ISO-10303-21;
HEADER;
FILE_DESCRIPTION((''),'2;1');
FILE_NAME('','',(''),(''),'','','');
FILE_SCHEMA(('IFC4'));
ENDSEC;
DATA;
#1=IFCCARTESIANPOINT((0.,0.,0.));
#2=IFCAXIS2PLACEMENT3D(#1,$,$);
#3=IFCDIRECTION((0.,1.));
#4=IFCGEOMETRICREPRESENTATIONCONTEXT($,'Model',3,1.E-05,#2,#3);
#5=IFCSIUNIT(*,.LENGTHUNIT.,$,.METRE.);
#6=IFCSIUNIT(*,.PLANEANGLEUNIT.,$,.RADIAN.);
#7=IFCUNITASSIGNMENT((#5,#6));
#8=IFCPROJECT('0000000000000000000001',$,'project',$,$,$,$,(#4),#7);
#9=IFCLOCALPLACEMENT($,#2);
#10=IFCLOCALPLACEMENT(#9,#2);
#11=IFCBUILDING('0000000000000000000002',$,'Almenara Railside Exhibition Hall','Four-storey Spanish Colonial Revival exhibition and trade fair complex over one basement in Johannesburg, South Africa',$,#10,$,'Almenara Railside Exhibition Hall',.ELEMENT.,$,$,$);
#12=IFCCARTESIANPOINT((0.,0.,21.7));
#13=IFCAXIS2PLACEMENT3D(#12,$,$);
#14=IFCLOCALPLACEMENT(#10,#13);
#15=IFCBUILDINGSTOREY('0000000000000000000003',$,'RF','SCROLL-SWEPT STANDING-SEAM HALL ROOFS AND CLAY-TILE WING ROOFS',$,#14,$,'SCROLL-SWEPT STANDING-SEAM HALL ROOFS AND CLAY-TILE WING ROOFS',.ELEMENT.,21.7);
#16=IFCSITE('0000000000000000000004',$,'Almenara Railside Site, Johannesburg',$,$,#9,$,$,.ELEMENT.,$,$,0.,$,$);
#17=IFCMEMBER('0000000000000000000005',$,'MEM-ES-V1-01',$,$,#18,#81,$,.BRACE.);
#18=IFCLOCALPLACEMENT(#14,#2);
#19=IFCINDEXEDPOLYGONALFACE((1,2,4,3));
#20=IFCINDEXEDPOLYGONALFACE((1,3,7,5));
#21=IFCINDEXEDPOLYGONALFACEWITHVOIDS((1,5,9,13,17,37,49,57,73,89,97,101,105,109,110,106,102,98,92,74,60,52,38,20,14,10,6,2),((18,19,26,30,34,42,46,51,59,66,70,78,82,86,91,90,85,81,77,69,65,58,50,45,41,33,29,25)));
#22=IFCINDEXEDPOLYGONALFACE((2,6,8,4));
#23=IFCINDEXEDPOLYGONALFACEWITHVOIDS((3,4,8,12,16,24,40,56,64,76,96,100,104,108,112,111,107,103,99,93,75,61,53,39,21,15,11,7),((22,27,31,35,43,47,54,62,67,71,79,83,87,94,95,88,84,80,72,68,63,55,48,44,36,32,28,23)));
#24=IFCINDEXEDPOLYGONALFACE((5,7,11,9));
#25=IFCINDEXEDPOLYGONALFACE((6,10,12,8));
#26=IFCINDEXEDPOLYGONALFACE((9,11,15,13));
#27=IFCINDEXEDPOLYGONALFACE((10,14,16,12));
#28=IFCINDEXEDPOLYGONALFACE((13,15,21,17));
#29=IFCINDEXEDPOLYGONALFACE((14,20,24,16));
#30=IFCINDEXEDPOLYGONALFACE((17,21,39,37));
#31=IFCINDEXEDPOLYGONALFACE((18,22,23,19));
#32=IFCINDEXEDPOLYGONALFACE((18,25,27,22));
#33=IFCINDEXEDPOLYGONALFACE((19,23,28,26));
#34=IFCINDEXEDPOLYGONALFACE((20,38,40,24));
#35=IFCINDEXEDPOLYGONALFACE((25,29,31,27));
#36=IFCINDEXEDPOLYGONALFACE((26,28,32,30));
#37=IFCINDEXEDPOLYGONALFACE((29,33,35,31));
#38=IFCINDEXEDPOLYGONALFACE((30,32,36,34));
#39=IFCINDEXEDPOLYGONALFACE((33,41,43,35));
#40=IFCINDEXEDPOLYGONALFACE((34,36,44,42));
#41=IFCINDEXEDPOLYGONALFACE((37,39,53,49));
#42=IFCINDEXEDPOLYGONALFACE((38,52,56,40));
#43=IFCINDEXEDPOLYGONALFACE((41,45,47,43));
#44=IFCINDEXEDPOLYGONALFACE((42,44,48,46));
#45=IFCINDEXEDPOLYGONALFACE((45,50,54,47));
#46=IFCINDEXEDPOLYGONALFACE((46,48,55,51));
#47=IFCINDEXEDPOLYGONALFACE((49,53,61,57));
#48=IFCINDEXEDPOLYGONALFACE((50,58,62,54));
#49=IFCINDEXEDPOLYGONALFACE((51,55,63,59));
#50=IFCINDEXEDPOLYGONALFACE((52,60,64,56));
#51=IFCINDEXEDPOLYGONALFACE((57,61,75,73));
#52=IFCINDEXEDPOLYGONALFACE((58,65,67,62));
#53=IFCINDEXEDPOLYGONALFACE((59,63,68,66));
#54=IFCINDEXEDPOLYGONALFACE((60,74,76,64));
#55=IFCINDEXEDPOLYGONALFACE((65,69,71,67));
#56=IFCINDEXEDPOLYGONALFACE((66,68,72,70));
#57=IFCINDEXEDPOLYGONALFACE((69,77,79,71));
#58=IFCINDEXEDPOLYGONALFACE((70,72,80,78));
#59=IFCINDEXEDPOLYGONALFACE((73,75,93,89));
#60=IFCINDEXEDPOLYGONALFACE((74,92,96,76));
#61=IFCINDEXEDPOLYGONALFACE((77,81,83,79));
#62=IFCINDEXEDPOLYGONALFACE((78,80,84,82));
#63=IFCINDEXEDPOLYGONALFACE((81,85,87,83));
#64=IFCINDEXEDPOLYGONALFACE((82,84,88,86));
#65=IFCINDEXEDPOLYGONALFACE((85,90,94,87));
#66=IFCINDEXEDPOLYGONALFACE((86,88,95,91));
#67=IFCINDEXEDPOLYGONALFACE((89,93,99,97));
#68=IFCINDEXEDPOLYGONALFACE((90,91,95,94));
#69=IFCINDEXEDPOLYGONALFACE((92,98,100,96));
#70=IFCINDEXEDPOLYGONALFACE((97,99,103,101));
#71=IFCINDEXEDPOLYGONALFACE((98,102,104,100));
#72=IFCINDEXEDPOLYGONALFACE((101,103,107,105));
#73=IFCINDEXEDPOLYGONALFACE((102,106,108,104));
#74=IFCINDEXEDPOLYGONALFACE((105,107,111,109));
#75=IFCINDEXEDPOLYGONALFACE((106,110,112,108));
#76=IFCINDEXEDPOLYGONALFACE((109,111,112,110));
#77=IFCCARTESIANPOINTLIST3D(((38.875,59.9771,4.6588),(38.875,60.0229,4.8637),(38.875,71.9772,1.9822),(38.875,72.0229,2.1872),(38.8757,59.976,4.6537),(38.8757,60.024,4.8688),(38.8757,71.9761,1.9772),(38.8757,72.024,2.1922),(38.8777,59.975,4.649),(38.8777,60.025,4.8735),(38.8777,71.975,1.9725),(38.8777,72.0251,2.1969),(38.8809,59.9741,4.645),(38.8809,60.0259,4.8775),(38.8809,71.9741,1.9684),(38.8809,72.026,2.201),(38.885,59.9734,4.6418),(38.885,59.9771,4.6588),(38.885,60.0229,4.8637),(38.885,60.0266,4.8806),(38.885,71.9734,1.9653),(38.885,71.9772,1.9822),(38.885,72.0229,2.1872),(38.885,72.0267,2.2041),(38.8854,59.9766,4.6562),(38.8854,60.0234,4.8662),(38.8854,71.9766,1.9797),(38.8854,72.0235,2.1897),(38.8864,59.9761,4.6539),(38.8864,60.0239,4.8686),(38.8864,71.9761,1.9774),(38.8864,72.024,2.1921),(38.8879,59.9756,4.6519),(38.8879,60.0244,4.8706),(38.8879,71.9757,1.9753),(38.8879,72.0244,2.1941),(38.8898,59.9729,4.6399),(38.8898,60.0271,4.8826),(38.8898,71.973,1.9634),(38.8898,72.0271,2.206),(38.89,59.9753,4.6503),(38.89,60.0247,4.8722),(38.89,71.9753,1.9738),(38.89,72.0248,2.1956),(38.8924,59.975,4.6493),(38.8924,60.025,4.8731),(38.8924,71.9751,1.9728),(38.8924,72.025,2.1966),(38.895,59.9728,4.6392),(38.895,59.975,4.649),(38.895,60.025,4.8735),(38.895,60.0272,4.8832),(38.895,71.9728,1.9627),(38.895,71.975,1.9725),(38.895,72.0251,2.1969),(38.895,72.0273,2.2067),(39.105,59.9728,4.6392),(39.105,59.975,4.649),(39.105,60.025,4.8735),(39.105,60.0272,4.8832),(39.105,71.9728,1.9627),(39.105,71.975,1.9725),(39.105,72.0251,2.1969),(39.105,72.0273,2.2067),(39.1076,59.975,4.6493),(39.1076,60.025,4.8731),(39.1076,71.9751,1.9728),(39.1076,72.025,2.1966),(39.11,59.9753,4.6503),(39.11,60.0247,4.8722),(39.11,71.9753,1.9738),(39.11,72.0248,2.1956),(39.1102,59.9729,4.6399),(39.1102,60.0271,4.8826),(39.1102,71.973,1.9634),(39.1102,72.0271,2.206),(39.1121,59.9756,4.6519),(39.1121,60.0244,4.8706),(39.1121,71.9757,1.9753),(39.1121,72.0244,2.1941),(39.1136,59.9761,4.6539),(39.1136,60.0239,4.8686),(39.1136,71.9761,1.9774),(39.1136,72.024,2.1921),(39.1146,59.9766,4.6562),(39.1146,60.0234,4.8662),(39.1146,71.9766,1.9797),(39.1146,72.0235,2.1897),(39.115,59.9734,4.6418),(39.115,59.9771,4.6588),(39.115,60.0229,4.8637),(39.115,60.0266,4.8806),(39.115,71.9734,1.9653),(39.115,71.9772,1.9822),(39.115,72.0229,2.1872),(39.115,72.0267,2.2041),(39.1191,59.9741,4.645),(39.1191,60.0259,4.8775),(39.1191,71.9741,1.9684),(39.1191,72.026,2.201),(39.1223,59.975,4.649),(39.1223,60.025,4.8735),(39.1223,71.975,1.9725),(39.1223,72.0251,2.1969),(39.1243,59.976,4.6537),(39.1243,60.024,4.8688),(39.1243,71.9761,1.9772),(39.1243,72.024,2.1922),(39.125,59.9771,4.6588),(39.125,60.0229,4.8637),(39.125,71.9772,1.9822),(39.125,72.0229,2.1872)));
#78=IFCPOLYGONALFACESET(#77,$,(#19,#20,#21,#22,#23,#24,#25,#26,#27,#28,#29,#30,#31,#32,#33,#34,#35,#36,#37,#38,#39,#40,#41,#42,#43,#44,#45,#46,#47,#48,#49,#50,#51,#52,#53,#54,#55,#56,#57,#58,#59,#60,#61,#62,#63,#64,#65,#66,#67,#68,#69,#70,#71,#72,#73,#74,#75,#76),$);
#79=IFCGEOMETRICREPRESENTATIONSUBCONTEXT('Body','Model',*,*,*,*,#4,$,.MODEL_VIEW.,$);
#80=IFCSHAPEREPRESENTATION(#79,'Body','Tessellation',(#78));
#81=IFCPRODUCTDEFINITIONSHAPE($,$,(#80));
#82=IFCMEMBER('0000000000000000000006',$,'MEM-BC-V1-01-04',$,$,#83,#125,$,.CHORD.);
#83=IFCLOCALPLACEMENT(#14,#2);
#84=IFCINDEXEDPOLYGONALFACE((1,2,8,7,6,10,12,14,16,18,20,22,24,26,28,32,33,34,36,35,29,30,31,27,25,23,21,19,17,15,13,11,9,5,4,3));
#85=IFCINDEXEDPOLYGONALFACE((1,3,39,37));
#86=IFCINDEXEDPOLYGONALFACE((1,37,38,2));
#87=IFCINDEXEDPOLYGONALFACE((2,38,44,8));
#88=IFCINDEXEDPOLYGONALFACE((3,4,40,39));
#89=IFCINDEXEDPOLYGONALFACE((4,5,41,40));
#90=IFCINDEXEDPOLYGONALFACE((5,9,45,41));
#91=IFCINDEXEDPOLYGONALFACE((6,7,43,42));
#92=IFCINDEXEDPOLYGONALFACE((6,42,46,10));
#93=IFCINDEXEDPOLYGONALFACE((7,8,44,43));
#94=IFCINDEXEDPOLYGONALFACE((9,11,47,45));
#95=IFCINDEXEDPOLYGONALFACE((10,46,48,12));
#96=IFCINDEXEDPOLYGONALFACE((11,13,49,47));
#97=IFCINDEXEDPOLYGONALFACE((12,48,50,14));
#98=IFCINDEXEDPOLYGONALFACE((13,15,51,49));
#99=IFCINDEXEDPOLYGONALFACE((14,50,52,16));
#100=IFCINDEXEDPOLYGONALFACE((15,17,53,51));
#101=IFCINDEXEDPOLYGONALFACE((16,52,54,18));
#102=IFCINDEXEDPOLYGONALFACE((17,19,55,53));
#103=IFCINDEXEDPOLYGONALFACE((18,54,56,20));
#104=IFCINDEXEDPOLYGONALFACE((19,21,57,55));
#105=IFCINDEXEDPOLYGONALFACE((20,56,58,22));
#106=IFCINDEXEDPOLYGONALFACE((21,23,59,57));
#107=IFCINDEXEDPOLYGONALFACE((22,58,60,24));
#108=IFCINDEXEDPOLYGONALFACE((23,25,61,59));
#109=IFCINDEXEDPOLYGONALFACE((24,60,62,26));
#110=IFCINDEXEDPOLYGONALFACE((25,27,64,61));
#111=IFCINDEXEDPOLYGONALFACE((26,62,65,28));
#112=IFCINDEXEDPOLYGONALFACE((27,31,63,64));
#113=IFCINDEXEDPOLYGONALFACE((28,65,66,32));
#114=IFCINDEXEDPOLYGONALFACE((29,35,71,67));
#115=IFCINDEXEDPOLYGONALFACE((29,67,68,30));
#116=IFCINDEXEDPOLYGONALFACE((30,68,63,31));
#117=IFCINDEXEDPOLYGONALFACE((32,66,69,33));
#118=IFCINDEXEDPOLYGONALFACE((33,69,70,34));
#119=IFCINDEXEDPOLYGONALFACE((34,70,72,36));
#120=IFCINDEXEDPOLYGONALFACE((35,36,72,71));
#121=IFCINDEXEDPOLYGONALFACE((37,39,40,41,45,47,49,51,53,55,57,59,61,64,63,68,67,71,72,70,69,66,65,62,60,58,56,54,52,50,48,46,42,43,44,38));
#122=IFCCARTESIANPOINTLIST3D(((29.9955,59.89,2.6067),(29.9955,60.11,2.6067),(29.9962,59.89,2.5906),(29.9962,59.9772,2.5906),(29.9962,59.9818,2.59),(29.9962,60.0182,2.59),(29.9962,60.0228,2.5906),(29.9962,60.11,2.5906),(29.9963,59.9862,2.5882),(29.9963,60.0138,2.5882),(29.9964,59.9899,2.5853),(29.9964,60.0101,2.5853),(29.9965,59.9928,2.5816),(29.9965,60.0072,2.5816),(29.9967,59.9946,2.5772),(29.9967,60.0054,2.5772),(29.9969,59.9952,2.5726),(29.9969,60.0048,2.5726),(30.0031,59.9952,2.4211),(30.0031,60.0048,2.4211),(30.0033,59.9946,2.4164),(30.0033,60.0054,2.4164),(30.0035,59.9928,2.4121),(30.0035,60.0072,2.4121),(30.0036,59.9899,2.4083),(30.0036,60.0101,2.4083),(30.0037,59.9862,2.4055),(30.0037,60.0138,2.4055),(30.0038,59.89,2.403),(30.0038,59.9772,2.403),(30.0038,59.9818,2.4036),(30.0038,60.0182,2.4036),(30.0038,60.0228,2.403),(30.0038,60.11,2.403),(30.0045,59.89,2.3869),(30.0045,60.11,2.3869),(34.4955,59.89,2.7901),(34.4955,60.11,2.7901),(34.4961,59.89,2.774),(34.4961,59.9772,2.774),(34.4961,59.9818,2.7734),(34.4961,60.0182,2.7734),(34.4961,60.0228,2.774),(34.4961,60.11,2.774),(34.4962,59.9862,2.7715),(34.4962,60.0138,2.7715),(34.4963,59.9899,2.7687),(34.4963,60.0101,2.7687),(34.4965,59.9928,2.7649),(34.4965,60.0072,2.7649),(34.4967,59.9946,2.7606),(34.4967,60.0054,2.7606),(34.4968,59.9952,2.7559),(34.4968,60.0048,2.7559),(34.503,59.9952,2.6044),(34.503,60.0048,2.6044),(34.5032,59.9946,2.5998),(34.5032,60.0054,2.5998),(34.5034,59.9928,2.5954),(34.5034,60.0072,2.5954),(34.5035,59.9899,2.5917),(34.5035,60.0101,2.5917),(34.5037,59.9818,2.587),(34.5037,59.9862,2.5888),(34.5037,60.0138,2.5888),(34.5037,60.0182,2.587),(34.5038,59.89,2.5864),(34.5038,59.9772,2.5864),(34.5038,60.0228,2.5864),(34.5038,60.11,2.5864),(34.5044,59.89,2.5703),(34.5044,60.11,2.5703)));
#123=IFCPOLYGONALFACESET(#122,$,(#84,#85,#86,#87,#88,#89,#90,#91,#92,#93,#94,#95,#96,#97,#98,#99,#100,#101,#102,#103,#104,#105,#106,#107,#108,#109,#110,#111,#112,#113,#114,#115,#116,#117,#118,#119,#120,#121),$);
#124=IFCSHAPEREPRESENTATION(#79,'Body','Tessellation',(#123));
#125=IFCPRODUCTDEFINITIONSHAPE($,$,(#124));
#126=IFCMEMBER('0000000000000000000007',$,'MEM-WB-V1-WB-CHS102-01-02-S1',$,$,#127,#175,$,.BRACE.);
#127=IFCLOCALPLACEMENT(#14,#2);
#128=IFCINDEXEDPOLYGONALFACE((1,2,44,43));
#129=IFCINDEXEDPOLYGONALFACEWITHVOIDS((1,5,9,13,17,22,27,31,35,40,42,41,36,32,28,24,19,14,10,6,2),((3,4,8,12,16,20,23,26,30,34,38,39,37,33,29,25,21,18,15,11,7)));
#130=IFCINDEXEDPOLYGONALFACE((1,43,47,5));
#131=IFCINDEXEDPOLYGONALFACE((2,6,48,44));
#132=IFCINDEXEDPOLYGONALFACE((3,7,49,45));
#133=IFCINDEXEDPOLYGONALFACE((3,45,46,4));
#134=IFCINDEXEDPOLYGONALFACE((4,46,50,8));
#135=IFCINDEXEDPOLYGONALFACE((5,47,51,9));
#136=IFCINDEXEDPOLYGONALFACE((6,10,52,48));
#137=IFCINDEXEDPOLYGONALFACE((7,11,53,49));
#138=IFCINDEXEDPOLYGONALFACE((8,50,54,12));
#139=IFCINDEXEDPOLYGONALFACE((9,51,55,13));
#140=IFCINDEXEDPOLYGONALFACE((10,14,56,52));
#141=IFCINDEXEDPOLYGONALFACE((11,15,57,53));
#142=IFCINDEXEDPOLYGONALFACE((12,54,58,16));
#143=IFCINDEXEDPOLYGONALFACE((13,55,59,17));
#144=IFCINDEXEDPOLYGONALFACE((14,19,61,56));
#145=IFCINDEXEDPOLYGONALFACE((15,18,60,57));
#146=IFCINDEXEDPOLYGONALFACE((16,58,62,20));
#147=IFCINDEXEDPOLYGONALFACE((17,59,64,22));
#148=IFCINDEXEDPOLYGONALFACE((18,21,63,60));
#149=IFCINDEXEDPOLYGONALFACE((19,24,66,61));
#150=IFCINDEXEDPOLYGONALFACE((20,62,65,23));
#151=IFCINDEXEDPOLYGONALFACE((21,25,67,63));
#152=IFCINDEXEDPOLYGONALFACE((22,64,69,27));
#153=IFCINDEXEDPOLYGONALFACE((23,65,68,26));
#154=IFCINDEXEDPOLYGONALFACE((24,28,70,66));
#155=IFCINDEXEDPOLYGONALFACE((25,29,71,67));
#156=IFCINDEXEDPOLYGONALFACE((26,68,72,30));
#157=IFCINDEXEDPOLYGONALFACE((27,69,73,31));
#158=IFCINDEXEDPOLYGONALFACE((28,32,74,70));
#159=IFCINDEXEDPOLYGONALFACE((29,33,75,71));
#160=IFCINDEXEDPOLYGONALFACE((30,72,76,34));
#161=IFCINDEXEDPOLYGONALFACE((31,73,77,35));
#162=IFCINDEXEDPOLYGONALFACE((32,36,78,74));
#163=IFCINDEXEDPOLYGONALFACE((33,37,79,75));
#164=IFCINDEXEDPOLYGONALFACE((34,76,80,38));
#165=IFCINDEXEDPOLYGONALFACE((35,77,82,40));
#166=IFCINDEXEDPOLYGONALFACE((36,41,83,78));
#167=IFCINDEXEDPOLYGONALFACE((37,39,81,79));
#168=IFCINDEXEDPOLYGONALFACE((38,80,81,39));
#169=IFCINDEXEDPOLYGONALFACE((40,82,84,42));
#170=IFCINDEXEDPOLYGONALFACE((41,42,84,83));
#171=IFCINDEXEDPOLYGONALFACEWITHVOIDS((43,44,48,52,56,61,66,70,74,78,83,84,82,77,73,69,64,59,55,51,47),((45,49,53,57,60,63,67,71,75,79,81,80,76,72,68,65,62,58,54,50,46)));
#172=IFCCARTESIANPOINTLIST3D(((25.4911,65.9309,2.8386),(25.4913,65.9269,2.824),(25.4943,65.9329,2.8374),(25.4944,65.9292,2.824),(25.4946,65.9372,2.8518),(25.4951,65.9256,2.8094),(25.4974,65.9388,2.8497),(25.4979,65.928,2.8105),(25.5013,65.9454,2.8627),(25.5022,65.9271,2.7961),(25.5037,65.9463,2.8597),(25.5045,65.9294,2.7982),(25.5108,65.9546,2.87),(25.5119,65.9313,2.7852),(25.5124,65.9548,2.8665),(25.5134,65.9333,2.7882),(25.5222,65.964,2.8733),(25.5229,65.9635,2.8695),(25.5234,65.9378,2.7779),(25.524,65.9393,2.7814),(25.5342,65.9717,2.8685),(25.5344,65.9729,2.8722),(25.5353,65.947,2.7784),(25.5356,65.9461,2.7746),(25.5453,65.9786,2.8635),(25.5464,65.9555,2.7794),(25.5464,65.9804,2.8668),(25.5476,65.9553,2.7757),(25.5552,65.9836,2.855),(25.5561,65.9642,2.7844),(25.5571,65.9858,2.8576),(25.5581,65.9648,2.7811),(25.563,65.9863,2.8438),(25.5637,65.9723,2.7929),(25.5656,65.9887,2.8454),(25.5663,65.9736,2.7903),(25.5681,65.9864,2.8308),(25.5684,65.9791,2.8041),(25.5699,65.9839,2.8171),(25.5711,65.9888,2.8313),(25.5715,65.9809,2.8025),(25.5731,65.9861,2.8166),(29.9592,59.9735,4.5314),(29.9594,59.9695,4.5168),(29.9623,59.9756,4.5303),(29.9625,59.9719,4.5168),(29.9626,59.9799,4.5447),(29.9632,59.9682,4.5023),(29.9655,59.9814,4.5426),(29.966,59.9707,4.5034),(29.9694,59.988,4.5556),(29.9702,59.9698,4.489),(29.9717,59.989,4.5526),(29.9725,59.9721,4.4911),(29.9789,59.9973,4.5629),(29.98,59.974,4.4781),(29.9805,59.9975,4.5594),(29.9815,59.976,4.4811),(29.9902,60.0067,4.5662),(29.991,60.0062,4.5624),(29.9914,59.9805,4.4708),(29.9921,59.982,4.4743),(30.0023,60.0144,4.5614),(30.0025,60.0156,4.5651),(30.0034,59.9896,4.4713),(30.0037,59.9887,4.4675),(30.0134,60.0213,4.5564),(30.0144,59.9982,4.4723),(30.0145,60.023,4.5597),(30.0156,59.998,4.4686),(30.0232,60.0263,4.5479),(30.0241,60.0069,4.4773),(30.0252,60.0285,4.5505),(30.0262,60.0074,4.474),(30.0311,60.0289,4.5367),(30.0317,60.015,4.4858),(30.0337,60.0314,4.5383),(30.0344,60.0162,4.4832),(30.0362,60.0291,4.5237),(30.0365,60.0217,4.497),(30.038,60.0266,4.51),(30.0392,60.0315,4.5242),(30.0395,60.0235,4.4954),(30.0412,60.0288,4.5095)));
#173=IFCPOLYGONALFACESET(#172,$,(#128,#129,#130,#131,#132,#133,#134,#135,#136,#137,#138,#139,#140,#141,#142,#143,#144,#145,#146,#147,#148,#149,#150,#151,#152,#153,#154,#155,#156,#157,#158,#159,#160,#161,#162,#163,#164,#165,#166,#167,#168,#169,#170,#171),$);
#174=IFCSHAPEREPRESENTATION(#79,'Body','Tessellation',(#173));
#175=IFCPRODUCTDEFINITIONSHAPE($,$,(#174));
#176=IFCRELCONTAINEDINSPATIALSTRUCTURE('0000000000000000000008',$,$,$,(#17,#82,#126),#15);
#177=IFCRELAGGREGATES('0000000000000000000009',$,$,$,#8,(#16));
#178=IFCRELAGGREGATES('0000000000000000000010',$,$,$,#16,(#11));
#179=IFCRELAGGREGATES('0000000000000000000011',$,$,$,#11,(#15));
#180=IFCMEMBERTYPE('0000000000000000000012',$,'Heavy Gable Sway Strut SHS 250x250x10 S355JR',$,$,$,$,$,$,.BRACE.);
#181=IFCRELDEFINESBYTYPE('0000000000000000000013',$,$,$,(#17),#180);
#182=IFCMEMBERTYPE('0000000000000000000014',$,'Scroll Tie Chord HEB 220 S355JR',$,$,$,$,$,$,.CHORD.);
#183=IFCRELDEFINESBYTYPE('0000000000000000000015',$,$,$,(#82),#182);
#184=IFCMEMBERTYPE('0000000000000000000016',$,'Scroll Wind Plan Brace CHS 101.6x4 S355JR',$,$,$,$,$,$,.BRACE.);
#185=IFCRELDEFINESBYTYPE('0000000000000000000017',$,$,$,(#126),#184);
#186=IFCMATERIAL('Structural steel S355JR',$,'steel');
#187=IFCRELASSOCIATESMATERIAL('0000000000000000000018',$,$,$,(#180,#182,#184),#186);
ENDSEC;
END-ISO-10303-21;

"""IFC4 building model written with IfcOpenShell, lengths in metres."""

from ifc_helpers import new_model, si_unit, direction, frame, origin, origin_2d, place, context, subcontext, project, spatial, hollow_rectangle, hollow_circle, i_section, extrude, material, material_profile, profile_set, type_object, element, save


model = new_model("IFC4")

# Units and contexts
model_context = context("Model", 3, precision=1e-05, world=origin(), true_north=direction((0.0, 1.0)))
body_context = subcontext(model_context, "Body", "Model", "MODEL_VIEW")
ifc_project = project(units=[si_unit("LENGTHUNIT", "METRE"), si_unit("PLANEANGLEUNIT", "RADIAN")], contexts=[model_context])

# Site, building, storey
site_placement = place(None, origin())
site = spatial("IfcSite", under=ifc_project, at=site_placement, Name="Almenara Railside Site, Johannesburg", CompositionType="ELEMENT", RefElevation=0.0)
building_placement = place(site_placement, origin())
building = spatial("IfcBuilding", under=site, at=building_placement, Name="Almenara Railside Exhibition Hall", Description="Four-storey Spanish Colonial Revival exhibition and trade fair complex over one basement in Johannesburg, South Africa", LongName="Almenara Railside Exhibition Hall", CompositionType="ELEMENT")
storey_placement = place(building_placement, frame((0.0, 0.0, 21.7)))
storey = spatial("IfcBuildingStorey", under=building, at=storey_placement, Name="RF", Description="SCROLL-SWEPT STANDING-SEAM HALL ROOFS AND CLAY-TILE WING ROOFS", LongName="SCROLL-SWEPT STANDING-SEAM HALL ROOFS AND CLAY-TILE WING ROOFS", CompositionType="ELEMENT", Elevation=21.7)

# Members
ifc_material_1 = material(Name="Structural steel S355JR", Category="steel")
ifc_material_profile_1 = material_profile(ifc_material_1, hollow_rectangle(XDim=0.25, YDim=0.25, WallThickness=0.01, InnerFilletRadius=0.01, OuterFilletRadius=0.02, at=origin_2d()), Name="SHS 250x250x10")
ifc_profile_set_1 = profile_set([ifc_material_profile_1], Name="Structural steel S355JR")
member_type_1 = type_object("IfcMemberType", Name="Heavy Gable Sway Strut SHS 250x250x10 S355JR", PredefinedType="BRACE", material=ifc_profile_set_1)
member_1_placement = place(storey_placement, frame((39.0, 60.0, 4.7612), z_axis=(0.0, 0.976017, -0.217694), x_axis=(-1.0, 0.0, 0.0)))
element("IfcMember", 1, at=member_1_placement, inside=storey, type_object=member_type_1, Name="MEM-ES-V1-01", PredefinedType="BRACE", context=body_context, shape_type="SweptSolid", body=[
    extrude(hollow_rectangle(XDim=0.25, YDim=0.25, WallThickness=0.01, InnerFilletRadius=0.01, OuterFilletRadius=0.02, at=origin_2d()), origin(), (0.0, 0.0, 1.0), 12.2949),
])
ifc_material_profile_2 = material_profile(ifc_material_1, i_section(OverallWidth=0.22, OverallDepth=0.22, WebThickness=0.0095, FlangeThickness=0.0161, FilletRadius=0.0181, at=origin_2d()), Name="HEB 220")
ifc_profile_set_2 = profile_set([ifc_material_profile_2], Name="Structural steel S355JR")
member_type_2 = type_object("IfcMemberType", Name="Scroll Tie Chord HEB 220 S355JR", PredefinedType="CHORD", material=ifc_profile_set_2)
member_2_placement = place(storey_placement, frame((30.0, 60.0, 2.4968), z_axis=(0.999171, 0.0, 0.040711), x_axis=(0.0, 1.0, 0.0)))
element("IfcMember", 2, at=member_2_placement, inside=storey, type_object=member_type_2, Name="MEM-BC-V1-01-04", PredefinedType="CHORD", context=body_context, shape_type="SweptSolid", body=[
    extrude(i_section(OverallWidth=0.22, OverallDepth=0.22, WebThickness=0.0095, FlangeThickness=0.0161, FilletRadius=0.0181, at=origin_2d()), origin(), (0.0, 0.0, 1.0), 4.5037),
])
ifc_material_profile_3 = material_profile(ifc_material_1, hollow_circle(Radius=0.0508, WallThickness=0.0039, at=origin_2d()), Name="CHS 101.6x4")
ifc_profile_set_3 = profile_set([ifc_material_profile_3], Name="Structural steel S355JR")
member_type_3 = type_object("IfcMemberType", Name="Scroll Wind Plan Brace CHS 101.6x4 S355JR", PredefinedType="BRACE", material=ifc_profile_set_3)
member_3_placement = place(storey_placement, frame((30.0, 60.0, 4.5168), z_axis=(-0.585077, 0.780092, -0.221678), x_axis=(-0.799996, -0.600005, 0.0)))
element("IfcMember", 3, at=member_3_placement, inside=storey, type_object=member_type_3, Name="MEM-WB-V1-WB-CHS102-01-02-S1", PredefinedType="BRACE", context=body_context, shape_type="SweptSolid", body=[
    extrude(hollow_circle(Radius=0.0508, WallThickness=0.0039, at=origin_2d()), origin(), (0.0, 0.0, 1.0), 7.6367),
])

save(model, "model.ifc")
